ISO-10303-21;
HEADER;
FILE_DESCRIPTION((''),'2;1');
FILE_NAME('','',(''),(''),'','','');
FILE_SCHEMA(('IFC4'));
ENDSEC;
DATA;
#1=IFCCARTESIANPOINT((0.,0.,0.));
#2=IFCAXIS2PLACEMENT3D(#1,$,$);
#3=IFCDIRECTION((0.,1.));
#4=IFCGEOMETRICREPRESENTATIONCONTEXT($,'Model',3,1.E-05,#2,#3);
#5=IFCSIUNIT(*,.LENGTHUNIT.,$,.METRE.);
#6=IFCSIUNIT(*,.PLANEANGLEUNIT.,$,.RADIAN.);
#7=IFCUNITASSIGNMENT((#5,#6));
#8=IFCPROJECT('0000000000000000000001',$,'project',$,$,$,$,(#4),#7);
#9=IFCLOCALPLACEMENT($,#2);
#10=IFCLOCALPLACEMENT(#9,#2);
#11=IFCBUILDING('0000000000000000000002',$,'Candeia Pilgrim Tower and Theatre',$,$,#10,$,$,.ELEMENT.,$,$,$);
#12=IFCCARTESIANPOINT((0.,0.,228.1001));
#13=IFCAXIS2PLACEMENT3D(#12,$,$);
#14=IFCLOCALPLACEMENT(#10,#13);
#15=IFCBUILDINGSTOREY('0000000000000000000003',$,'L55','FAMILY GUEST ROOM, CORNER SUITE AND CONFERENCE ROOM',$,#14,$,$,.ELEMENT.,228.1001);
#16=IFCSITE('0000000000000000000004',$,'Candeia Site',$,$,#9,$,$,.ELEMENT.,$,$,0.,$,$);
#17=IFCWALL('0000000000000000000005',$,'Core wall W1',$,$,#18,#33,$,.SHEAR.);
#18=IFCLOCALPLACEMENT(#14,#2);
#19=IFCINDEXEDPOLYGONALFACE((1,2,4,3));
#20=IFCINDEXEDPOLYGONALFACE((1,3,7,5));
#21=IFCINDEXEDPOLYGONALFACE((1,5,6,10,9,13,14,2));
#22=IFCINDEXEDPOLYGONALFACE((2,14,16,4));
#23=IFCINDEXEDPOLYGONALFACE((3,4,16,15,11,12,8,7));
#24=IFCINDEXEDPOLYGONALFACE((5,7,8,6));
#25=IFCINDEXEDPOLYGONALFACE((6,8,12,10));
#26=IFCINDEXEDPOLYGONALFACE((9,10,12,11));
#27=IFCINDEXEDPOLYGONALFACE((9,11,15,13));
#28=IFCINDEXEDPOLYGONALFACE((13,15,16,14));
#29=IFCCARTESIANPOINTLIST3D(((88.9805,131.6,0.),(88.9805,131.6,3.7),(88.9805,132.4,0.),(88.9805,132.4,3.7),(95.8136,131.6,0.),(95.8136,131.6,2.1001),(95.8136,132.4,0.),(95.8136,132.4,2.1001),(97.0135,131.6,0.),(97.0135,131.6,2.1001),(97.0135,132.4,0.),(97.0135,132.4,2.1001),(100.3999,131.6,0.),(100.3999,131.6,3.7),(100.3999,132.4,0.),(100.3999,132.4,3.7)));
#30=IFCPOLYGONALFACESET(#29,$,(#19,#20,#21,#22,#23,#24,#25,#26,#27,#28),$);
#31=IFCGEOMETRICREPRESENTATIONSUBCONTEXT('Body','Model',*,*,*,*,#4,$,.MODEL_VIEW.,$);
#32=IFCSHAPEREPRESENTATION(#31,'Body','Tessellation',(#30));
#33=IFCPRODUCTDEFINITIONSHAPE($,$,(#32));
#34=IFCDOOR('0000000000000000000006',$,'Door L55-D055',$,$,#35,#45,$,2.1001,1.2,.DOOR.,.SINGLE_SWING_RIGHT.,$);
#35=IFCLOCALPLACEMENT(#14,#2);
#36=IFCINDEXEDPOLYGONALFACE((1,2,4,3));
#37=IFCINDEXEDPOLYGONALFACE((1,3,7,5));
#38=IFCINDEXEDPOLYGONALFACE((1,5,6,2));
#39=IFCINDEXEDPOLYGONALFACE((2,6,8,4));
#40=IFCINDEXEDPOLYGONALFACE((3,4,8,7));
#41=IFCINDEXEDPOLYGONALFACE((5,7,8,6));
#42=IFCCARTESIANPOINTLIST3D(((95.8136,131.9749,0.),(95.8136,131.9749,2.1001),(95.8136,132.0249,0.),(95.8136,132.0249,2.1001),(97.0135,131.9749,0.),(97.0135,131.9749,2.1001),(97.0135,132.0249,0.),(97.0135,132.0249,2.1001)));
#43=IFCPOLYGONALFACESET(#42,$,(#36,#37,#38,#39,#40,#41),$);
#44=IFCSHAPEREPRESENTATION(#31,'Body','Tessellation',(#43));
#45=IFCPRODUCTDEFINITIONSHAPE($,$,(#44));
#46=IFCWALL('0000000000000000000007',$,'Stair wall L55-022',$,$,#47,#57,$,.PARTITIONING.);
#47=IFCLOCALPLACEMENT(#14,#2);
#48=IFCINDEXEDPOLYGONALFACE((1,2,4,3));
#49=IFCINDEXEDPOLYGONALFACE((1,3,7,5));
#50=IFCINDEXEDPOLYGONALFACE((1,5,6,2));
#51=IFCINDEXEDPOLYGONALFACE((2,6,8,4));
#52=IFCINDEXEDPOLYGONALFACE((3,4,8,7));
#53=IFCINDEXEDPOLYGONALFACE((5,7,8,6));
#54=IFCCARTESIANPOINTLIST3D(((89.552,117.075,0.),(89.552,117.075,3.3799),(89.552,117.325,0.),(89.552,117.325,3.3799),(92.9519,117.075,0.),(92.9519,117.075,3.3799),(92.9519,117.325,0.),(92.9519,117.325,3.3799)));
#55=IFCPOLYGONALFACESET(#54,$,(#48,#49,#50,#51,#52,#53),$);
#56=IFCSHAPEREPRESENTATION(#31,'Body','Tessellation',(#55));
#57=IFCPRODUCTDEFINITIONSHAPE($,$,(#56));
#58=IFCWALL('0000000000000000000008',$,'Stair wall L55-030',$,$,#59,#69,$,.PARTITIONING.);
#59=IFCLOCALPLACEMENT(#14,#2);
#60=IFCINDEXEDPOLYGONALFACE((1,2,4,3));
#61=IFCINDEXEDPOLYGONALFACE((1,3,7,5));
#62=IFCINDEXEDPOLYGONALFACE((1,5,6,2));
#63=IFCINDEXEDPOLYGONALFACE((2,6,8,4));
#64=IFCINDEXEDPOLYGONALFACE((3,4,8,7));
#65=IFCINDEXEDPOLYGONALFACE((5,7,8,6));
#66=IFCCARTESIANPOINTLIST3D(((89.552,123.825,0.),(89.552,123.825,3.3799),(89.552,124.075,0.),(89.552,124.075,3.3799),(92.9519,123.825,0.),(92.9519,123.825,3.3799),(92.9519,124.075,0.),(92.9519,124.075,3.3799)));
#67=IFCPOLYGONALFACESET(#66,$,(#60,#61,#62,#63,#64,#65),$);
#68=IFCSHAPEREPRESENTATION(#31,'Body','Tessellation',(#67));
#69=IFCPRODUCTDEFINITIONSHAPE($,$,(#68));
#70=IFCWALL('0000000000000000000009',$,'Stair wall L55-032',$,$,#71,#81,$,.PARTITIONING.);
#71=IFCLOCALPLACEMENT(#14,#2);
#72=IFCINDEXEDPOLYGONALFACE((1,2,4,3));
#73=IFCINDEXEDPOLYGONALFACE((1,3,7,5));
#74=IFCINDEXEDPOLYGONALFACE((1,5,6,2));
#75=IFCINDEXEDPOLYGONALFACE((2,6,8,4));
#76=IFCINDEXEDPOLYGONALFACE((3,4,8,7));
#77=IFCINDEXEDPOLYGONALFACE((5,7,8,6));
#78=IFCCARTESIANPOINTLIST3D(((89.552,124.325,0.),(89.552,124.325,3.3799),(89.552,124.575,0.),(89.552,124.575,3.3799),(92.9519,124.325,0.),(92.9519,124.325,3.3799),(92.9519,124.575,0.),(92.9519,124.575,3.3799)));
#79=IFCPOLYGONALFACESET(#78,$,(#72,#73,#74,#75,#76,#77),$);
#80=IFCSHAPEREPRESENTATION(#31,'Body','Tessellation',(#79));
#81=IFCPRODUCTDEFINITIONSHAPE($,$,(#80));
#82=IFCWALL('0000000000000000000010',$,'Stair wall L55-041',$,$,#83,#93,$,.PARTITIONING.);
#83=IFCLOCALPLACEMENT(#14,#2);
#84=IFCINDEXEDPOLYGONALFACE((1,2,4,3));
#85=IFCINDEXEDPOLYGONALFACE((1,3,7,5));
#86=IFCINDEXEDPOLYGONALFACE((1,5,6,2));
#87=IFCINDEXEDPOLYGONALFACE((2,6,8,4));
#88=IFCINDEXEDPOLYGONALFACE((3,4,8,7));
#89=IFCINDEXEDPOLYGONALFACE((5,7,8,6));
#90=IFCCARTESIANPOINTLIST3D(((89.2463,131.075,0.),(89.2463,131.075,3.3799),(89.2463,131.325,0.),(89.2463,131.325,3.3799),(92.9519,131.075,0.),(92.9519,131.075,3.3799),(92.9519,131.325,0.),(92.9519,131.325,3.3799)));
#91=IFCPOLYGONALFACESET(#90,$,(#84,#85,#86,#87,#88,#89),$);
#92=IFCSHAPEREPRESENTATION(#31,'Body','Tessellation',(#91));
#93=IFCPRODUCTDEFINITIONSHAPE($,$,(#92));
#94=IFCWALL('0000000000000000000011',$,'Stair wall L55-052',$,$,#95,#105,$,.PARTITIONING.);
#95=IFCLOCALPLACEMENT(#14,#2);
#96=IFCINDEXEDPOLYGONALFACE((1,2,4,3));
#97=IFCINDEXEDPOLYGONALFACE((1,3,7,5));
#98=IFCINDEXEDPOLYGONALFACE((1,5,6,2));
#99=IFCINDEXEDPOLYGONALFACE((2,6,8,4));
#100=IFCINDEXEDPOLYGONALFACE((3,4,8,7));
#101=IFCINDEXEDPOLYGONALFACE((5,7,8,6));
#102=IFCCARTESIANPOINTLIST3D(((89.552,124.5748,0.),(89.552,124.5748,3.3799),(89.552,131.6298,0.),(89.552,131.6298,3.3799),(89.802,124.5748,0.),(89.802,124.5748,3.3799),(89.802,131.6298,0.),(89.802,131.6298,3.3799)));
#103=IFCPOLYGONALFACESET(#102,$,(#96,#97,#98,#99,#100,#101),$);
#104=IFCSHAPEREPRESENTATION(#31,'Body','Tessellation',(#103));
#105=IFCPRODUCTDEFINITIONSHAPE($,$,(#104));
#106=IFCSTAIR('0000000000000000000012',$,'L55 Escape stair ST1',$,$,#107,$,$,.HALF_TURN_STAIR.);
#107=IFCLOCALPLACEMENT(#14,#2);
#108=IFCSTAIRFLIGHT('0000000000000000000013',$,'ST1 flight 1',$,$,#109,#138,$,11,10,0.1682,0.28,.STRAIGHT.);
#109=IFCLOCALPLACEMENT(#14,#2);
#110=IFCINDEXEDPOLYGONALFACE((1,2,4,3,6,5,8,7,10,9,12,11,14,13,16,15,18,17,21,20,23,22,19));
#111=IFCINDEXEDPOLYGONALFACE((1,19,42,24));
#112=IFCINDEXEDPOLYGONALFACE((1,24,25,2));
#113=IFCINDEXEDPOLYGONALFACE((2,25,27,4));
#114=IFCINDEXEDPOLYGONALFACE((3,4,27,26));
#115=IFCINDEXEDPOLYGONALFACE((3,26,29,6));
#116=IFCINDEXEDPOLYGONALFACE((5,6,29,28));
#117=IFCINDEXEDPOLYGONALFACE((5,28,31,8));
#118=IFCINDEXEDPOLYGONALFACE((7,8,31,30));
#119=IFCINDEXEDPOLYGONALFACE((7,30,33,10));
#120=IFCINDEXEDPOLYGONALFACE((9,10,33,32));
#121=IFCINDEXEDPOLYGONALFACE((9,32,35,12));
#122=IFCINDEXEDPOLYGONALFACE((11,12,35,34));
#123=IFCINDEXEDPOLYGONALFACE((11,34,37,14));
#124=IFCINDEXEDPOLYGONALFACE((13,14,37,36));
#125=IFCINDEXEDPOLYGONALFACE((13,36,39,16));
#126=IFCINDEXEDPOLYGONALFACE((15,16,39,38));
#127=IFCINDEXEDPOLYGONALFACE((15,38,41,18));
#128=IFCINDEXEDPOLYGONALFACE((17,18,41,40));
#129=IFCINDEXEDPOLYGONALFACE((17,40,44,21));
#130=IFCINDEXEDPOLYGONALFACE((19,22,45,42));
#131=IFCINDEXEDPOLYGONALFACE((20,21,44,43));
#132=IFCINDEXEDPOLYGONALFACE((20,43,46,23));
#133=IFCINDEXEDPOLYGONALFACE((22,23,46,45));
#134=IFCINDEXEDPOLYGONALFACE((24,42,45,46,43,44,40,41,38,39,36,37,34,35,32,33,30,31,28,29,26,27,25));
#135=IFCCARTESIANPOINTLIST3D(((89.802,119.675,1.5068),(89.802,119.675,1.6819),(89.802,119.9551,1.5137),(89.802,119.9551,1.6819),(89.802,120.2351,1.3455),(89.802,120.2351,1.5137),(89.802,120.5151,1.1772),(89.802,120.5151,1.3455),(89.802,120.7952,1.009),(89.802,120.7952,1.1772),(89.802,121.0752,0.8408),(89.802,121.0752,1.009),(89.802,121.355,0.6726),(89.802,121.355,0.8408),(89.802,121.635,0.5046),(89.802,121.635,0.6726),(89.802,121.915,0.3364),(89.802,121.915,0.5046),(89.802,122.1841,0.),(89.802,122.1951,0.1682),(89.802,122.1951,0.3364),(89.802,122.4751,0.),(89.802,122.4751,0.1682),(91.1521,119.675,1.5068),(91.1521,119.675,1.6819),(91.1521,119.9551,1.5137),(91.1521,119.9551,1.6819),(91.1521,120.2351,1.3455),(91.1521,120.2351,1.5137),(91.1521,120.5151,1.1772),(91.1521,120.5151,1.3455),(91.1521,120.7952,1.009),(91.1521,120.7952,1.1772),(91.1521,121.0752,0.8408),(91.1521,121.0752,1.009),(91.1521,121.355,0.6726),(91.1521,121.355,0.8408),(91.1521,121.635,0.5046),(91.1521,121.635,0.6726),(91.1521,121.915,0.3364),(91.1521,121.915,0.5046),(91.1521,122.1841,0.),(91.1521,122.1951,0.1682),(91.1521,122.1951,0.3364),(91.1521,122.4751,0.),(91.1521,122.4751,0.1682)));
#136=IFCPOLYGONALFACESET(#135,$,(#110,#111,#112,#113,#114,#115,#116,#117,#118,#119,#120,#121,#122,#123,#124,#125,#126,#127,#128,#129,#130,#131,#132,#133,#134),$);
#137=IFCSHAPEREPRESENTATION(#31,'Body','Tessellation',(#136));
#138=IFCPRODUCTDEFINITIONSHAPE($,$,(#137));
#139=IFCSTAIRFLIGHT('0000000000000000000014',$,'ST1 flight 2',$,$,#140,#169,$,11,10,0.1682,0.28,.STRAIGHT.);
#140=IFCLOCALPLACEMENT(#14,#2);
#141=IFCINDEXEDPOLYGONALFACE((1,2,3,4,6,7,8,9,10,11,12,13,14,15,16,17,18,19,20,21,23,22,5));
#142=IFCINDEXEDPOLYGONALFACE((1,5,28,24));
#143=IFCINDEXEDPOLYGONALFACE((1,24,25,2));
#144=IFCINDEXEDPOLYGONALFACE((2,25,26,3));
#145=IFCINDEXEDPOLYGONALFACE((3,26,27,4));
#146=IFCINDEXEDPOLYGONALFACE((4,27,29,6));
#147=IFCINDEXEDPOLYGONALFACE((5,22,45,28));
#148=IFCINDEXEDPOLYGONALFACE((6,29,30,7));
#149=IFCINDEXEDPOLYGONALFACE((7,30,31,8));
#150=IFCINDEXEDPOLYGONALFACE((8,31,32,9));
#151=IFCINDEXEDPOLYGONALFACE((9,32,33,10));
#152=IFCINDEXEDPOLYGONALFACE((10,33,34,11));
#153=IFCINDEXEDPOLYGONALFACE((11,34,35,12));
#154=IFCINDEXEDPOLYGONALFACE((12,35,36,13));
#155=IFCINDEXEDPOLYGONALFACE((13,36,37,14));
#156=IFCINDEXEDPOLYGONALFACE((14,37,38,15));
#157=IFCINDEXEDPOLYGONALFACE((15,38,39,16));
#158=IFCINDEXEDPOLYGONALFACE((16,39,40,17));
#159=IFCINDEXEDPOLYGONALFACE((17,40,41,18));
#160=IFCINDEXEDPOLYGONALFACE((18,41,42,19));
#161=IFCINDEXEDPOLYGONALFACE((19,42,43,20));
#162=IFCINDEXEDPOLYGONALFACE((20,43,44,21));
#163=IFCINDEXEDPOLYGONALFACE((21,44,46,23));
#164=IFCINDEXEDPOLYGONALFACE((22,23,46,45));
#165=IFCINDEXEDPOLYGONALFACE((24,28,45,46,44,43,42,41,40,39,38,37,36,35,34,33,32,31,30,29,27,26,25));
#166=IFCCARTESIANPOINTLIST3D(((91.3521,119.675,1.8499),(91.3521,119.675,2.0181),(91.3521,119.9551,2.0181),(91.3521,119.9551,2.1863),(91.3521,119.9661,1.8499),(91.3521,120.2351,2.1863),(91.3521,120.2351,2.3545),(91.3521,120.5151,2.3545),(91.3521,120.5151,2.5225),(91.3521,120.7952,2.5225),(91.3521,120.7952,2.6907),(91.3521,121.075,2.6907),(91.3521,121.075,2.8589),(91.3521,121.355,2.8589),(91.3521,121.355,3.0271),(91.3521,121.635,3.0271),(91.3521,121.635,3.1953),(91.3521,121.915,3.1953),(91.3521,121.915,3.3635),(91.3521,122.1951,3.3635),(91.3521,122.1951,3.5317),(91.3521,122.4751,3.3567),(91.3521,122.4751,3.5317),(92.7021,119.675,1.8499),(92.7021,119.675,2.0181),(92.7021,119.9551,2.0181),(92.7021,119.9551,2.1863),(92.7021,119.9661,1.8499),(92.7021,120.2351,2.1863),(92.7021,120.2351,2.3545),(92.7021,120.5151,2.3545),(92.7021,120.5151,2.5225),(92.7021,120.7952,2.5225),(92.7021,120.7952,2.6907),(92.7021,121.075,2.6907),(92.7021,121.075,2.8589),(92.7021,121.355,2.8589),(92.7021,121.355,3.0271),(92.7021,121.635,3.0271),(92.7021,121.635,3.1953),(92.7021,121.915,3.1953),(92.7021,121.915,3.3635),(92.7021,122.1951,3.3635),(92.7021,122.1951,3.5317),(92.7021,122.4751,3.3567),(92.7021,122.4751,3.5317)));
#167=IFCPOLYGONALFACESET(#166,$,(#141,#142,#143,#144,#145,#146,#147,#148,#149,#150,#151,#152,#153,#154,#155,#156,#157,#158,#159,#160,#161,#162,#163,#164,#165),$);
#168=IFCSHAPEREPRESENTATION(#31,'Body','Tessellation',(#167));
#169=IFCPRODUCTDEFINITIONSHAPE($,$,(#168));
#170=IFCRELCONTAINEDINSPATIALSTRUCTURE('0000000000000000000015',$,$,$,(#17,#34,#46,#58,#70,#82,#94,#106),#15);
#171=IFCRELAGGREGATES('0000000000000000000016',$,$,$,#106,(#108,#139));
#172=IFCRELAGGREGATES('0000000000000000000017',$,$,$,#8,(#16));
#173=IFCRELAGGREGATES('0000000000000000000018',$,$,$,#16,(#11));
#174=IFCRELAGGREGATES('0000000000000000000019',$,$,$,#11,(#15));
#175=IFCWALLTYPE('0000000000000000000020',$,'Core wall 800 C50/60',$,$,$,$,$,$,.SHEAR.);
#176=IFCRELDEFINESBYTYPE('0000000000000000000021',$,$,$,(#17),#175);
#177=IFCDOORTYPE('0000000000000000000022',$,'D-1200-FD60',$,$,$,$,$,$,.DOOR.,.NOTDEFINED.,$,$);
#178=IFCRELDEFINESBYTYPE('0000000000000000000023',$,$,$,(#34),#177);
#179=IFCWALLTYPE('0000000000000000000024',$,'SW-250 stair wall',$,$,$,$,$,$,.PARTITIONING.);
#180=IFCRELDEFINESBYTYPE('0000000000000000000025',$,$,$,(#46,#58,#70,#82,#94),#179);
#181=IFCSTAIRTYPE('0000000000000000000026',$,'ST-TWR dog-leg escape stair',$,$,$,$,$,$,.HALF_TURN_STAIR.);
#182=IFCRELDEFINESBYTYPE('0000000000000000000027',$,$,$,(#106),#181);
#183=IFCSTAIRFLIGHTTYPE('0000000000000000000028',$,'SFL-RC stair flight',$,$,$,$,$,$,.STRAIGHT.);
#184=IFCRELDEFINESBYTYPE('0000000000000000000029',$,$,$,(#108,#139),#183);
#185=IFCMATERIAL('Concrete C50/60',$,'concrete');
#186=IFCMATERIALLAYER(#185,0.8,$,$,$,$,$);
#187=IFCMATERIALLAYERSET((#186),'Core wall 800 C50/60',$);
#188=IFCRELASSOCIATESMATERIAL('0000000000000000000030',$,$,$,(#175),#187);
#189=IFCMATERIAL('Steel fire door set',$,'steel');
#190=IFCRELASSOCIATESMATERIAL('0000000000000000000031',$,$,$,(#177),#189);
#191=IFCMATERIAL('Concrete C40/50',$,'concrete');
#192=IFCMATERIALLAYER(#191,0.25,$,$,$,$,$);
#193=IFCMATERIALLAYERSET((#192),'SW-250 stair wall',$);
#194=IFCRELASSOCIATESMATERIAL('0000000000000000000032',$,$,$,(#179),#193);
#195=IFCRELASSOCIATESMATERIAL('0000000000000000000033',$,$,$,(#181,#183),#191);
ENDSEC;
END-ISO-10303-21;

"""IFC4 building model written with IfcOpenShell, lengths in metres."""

from ifc_helpers import new_model, si_unit, direction, frame, frame_2d, origin, place, context, subcontext, project, spatial, polyline, rectangle, outline, extrude, material, layer, layer_set, type_object, element, fill, aggregate, save


model = new_model("IFC4")

# Units and contexts
model_context = context("Model", 3, precision=1e-05, world=origin(), true_north=direction((0.0, 1.0)))
body_context = subcontext(model_context, "Body", "Model", "MODEL_VIEW")
ifc_project = project(units=[si_unit("LENGTHUNIT", "METRE"), si_unit("PLANEANGLEUNIT", "RADIAN")], contexts=[model_context])

# Site, building, storey
site_placement = place(None, origin())
site = spatial("IfcSite", under=ifc_project, at=site_placement, Name="Candeia Site", CompositionType="ELEMENT", RefElevation=0.0)
building_placement = place(site_placement, origin())
building = spatial("IfcBuilding", under=site, at=building_placement, Name="Candeia Pilgrim Tower and Theatre", CompositionType="ELEMENT")
storey_placement = place(building_placement, frame((0.0, 0.0, 228.1001)))
storey = spatial("IfcBuildingStorey", under=building, at=storey_placement, Name="L55", Description="FAMILY GUEST ROOM, CORNER SUITE AND CONFERENCE ROOM", CompositionType="ELEMENT", Elevation=228.1001)

# Wall, opening, door
ifc_material_1 = material(Name="Concrete C50/60", Category="concrete")
ifc_layer_1 = layer(ifc_material_1, 0.8)
ifc_layer_set_1 = layer_set([ifc_layer_1], Name="Core wall 800 C50/60")
wall_type_1 = type_object("IfcWallType", Name="Core wall 800 C50/60", PredefinedType="SHEAR", material=ifc_layer_set_1)
wall_1_placement = place(storey_placement, frame((88.9805, 132.0, 0.0), z_axis=(0.0, 0.0, 1.0), x_axis=(1.0, 0.0, 0.0)))
wall_1 = element("IfcWall", 1, at=wall_1_placement, inside=storey, type_object=wall_type_1, Name="Core wall W1", PredefinedType="SHEAR", context=body_context, shape_type="SweptSolid", body=[
    extrude(rectangle(XDim=11.4194, YDim=0.8, at=frame_2d((5.7097, 0.0))), origin(), (0.0, 0.0, 1.0), 3.7),
])
opening_placement = place(wall_1_placement, frame((6.833, 0.0, 0.0)))
opening = element("IfcOpeningElement", 2, at=opening_placement, cuts=wall_1, PredefinedType="OPENING", context=body_context, shape_type="SweptSolid", body=[
    extrude(rectangle(XDim=1.2, YDim=2.1001, at=frame_2d((0.6001, 1.05))), frame((0.0, 0.4102, 0.0), z_axis=(0.0, -1.0, 0.0), x_axis=(1.0, 0.0, 0.0)), (0.0, 0.0, 1.0), 0.8201),
])
ifc_material_2 = material(Name="Steel fire door set", Category="steel")
door_type = type_object("IfcDoorType", Name="D-1200-FD60", OperationType="NOTDEFINED", PredefinedType="DOOR", material=ifc_material_2)
door_placement = place(opening_placement, origin())
door = element("IfcDoor", 3, at=door_placement, inside=storey, type_object=door_type, Name="Door L55-D055", OperationType="SINGLE_SWING_RIGHT", OverallHeight=2.1001, OverallWidth=1.2, PredefinedType="DOOR", context=body_context, shape_type="SweptSolid", body=[
    extrude(rectangle(XDim=1.2, YDim=2.1001, at=frame_2d((0.6001, 1.05))), frame((0.0, 0.0249, 0.0), z_axis=(0.0, -1.0, 0.0), x_axis=(1.0, 0.0, 0.0)), (0.0, 0.0, 1.0), 0.05),
])
fill(opening, door)

# Walls
ifc_material_3 = material(Name="Concrete C40/50", Category="concrete")
ifc_layer_2 = layer(ifc_material_3, 0.25)
ifc_layer_set_2 = layer_set([ifc_layer_2], Name="SW-250 stair wall")
wall_type_2 = type_object("IfcWallType", Name="SW-250 stair wall", PredefinedType="PARTITIONING", material=ifc_layer_set_2)
for number, where, z_axis, x_axis, name in (
    (4, (89.552, 117.2, 0.0), (0.0, 0.0, 1.0), (1.0, 0.0, 0.0), "Stair wall L55-022"),
    (5, (89.552, 123.95, 0.0), (0.0, 0.0, 1.0), (1.0, 0.0, 0.0), "Stair wall L55-030"),
    (6, (89.552, 124.45, 0.0), (0.0, 0.0, 1.0), (1.0, 0.0, 0.0), "Stair wall L55-032"),
):
    element("IfcWall", number, at=place(storey_placement, frame(where, z_axis=z_axis, x_axis=x_axis)), inside=storey, type_object=wall_type_2, Name=name, PredefinedType="PARTITIONING", context=body_context, shape_type="SweptSolid", body=[
        extrude(rectangle(XDim=3.3999, YDim=0.25, at=frame_2d((1.7, 0.0))), origin(), (0.0, 0.0, 1.0), 3.3799),
    ])
wall_2_placement = place(storey_placement, frame((89.2463, 131.2, 0.0), z_axis=(0.0, 0.0, 1.0), x_axis=(1.0, 0.0, 0.0)))
element("IfcWall", 7, at=wall_2_placement, inside=storey, type_object=wall_type_2, Name="Stair wall L55-041", PredefinedType="PARTITIONING", context=body_context, shape_type="SweptSolid", body=[
    extrude(rectangle(XDim=3.7056, YDim=0.25, at=frame_2d((1.8528, 0.0))), origin(), (0.0, 0.0, 1.0), 3.3799),
])
wall_3_placement = place(storey_placement, frame((89.677, 124.575, 0.0), z_axis=(0.0, 0.0, 1.0), x_axis=(0.0, 1.0, 0.0)))
element("IfcWall", 8, at=wall_3_placement, inside=storey, type_object=wall_type_2, Name="Stair wall L55-052", PredefinedType="PARTITIONING", context=body_context, shape_type="SweptSolid", body=[
    extrude(rectangle(XDim=7.0549, YDim=0.25, at=frame_2d((3.5273, 0.0))), origin(), (0.0, 0.0, 1.0), 3.3799),
])

# Stair, stair flights
stair_type = type_object("IfcStairType", Name="ST-TWR dog-leg escape stair", PredefinedType="HALF_TURN_STAIR", material=ifc_material_3)
stair_1_placement = place(storey_placement, origin())
stair_1 = element("IfcStair", 9, at=stair_1_placement, inside=storey, type_object=stair_type, Name="L55 Escape stair ST1", PredefinedType="HALF_TURN_STAIR")
stair_flight_type = type_object("IfcStairFlightType", Name="SFL-RC stair flight", PredefinedType="STRAIGHT", material=ifc_material_3)
stair_flight_1_placement = place(storey_placement, frame((90.4771, 122.4751, 0.0), z_axis=(0.0, 0.0, 1.0), x_axis=(0.0, -1.0, 0.0)))
stair_flight_1 = element("IfcStairFlight", 10, at=stair_flight_1_placement, type_object=stair_flight_type, Name="ST1 flight 1", NumberOfRisers=11, NumberOfTreads=10, PredefinedType="STRAIGHT", RiserHeight=0.1682, TreadLength=0.28, context=body_context, shape_type="SweptSolid", body=[
    extrude(outline(polyline([(0.0, 0.0), (0.0, 0.1682), (0.28, 0.1682), (0.28, 0.3364), (0.5601, 0.3364), (0.5601, 0.5046), (0.8401, 0.5046), (0.8401, 0.6726), (1.1201, 0.6726), (1.1201, 0.8408), (1.3999, 0.8408), (1.3999, 1.009), (1.6799, 1.009), (1.6799, 1.1772), (1.96, 1.1772), (1.96, 1.3455), (2.24, 1.3455), (2.24, 1.5137), (2.52, 1.5137), (2.52, 1.6819), (2.8, 1.6819), (2.8, 1.8501), (2.8, 1.5068), (0.291, 0.0), (0.0, 0.0)])), frame((0.0, 0.675, 0.0), z_axis=(0.0, -1.0, 0.0), x_axis=(1.0, 0.0, 0.0)), (0.0, 0.0, 1.0), 1.3501),
])
stair_flight_2_placement = place(storey_placement, frame((92.0271, 119.675, 1.8499), z_axis=(0.0, 0.0, 1.0), x_axis=(0.0, 1.0, 0.0)))
stair_flight_2 = element("IfcStairFlight", 11, at=stair_flight_2_placement, type_object=stair_flight_type, Name="ST1 flight 2", NumberOfRisers=11, NumberOfTreads=10, PredefinedType="STRAIGHT", RiserHeight=0.1682, TreadLength=0.28, context=body_context, shape_type="SweptSolid", body=[
    extrude(outline(polyline([(0.0, 0.0), (0.0, 0.1682), (0.28, 0.1682), (0.28, 0.3364), (0.5601, 0.3364), (0.5601, 0.5046), (0.8401, 0.5046), (0.8401, 0.6726), (1.1201, 0.6726), (1.1201, 0.8408), (1.3999, 0.8408), (1.3999, 1.009), (1.6799, 1.009), (1.6799, 1.1772), (1.96, 1.1772), (1.96, 1.3455), (2.24, 1.3455), (2.24, 1.5137), (2.52, 1.5137), (2.52, 1.6819), (2.8, 1.6819), (2.8, 1.8501), (2.8, 1.5068), (0.291, 0.0), (0.0, 0.0)])), frame((0.0, 0.675, 0.0), z_axis=(0.0, -1.0, 0.0), x_axis=(1.0, 0.0, 0.0)), (0.0, 0.0, 1.0), 1.3501),
])
aggregate(stair_1, [stair_flight_1, stair_flight_2])

save(model, "model.ifc")
